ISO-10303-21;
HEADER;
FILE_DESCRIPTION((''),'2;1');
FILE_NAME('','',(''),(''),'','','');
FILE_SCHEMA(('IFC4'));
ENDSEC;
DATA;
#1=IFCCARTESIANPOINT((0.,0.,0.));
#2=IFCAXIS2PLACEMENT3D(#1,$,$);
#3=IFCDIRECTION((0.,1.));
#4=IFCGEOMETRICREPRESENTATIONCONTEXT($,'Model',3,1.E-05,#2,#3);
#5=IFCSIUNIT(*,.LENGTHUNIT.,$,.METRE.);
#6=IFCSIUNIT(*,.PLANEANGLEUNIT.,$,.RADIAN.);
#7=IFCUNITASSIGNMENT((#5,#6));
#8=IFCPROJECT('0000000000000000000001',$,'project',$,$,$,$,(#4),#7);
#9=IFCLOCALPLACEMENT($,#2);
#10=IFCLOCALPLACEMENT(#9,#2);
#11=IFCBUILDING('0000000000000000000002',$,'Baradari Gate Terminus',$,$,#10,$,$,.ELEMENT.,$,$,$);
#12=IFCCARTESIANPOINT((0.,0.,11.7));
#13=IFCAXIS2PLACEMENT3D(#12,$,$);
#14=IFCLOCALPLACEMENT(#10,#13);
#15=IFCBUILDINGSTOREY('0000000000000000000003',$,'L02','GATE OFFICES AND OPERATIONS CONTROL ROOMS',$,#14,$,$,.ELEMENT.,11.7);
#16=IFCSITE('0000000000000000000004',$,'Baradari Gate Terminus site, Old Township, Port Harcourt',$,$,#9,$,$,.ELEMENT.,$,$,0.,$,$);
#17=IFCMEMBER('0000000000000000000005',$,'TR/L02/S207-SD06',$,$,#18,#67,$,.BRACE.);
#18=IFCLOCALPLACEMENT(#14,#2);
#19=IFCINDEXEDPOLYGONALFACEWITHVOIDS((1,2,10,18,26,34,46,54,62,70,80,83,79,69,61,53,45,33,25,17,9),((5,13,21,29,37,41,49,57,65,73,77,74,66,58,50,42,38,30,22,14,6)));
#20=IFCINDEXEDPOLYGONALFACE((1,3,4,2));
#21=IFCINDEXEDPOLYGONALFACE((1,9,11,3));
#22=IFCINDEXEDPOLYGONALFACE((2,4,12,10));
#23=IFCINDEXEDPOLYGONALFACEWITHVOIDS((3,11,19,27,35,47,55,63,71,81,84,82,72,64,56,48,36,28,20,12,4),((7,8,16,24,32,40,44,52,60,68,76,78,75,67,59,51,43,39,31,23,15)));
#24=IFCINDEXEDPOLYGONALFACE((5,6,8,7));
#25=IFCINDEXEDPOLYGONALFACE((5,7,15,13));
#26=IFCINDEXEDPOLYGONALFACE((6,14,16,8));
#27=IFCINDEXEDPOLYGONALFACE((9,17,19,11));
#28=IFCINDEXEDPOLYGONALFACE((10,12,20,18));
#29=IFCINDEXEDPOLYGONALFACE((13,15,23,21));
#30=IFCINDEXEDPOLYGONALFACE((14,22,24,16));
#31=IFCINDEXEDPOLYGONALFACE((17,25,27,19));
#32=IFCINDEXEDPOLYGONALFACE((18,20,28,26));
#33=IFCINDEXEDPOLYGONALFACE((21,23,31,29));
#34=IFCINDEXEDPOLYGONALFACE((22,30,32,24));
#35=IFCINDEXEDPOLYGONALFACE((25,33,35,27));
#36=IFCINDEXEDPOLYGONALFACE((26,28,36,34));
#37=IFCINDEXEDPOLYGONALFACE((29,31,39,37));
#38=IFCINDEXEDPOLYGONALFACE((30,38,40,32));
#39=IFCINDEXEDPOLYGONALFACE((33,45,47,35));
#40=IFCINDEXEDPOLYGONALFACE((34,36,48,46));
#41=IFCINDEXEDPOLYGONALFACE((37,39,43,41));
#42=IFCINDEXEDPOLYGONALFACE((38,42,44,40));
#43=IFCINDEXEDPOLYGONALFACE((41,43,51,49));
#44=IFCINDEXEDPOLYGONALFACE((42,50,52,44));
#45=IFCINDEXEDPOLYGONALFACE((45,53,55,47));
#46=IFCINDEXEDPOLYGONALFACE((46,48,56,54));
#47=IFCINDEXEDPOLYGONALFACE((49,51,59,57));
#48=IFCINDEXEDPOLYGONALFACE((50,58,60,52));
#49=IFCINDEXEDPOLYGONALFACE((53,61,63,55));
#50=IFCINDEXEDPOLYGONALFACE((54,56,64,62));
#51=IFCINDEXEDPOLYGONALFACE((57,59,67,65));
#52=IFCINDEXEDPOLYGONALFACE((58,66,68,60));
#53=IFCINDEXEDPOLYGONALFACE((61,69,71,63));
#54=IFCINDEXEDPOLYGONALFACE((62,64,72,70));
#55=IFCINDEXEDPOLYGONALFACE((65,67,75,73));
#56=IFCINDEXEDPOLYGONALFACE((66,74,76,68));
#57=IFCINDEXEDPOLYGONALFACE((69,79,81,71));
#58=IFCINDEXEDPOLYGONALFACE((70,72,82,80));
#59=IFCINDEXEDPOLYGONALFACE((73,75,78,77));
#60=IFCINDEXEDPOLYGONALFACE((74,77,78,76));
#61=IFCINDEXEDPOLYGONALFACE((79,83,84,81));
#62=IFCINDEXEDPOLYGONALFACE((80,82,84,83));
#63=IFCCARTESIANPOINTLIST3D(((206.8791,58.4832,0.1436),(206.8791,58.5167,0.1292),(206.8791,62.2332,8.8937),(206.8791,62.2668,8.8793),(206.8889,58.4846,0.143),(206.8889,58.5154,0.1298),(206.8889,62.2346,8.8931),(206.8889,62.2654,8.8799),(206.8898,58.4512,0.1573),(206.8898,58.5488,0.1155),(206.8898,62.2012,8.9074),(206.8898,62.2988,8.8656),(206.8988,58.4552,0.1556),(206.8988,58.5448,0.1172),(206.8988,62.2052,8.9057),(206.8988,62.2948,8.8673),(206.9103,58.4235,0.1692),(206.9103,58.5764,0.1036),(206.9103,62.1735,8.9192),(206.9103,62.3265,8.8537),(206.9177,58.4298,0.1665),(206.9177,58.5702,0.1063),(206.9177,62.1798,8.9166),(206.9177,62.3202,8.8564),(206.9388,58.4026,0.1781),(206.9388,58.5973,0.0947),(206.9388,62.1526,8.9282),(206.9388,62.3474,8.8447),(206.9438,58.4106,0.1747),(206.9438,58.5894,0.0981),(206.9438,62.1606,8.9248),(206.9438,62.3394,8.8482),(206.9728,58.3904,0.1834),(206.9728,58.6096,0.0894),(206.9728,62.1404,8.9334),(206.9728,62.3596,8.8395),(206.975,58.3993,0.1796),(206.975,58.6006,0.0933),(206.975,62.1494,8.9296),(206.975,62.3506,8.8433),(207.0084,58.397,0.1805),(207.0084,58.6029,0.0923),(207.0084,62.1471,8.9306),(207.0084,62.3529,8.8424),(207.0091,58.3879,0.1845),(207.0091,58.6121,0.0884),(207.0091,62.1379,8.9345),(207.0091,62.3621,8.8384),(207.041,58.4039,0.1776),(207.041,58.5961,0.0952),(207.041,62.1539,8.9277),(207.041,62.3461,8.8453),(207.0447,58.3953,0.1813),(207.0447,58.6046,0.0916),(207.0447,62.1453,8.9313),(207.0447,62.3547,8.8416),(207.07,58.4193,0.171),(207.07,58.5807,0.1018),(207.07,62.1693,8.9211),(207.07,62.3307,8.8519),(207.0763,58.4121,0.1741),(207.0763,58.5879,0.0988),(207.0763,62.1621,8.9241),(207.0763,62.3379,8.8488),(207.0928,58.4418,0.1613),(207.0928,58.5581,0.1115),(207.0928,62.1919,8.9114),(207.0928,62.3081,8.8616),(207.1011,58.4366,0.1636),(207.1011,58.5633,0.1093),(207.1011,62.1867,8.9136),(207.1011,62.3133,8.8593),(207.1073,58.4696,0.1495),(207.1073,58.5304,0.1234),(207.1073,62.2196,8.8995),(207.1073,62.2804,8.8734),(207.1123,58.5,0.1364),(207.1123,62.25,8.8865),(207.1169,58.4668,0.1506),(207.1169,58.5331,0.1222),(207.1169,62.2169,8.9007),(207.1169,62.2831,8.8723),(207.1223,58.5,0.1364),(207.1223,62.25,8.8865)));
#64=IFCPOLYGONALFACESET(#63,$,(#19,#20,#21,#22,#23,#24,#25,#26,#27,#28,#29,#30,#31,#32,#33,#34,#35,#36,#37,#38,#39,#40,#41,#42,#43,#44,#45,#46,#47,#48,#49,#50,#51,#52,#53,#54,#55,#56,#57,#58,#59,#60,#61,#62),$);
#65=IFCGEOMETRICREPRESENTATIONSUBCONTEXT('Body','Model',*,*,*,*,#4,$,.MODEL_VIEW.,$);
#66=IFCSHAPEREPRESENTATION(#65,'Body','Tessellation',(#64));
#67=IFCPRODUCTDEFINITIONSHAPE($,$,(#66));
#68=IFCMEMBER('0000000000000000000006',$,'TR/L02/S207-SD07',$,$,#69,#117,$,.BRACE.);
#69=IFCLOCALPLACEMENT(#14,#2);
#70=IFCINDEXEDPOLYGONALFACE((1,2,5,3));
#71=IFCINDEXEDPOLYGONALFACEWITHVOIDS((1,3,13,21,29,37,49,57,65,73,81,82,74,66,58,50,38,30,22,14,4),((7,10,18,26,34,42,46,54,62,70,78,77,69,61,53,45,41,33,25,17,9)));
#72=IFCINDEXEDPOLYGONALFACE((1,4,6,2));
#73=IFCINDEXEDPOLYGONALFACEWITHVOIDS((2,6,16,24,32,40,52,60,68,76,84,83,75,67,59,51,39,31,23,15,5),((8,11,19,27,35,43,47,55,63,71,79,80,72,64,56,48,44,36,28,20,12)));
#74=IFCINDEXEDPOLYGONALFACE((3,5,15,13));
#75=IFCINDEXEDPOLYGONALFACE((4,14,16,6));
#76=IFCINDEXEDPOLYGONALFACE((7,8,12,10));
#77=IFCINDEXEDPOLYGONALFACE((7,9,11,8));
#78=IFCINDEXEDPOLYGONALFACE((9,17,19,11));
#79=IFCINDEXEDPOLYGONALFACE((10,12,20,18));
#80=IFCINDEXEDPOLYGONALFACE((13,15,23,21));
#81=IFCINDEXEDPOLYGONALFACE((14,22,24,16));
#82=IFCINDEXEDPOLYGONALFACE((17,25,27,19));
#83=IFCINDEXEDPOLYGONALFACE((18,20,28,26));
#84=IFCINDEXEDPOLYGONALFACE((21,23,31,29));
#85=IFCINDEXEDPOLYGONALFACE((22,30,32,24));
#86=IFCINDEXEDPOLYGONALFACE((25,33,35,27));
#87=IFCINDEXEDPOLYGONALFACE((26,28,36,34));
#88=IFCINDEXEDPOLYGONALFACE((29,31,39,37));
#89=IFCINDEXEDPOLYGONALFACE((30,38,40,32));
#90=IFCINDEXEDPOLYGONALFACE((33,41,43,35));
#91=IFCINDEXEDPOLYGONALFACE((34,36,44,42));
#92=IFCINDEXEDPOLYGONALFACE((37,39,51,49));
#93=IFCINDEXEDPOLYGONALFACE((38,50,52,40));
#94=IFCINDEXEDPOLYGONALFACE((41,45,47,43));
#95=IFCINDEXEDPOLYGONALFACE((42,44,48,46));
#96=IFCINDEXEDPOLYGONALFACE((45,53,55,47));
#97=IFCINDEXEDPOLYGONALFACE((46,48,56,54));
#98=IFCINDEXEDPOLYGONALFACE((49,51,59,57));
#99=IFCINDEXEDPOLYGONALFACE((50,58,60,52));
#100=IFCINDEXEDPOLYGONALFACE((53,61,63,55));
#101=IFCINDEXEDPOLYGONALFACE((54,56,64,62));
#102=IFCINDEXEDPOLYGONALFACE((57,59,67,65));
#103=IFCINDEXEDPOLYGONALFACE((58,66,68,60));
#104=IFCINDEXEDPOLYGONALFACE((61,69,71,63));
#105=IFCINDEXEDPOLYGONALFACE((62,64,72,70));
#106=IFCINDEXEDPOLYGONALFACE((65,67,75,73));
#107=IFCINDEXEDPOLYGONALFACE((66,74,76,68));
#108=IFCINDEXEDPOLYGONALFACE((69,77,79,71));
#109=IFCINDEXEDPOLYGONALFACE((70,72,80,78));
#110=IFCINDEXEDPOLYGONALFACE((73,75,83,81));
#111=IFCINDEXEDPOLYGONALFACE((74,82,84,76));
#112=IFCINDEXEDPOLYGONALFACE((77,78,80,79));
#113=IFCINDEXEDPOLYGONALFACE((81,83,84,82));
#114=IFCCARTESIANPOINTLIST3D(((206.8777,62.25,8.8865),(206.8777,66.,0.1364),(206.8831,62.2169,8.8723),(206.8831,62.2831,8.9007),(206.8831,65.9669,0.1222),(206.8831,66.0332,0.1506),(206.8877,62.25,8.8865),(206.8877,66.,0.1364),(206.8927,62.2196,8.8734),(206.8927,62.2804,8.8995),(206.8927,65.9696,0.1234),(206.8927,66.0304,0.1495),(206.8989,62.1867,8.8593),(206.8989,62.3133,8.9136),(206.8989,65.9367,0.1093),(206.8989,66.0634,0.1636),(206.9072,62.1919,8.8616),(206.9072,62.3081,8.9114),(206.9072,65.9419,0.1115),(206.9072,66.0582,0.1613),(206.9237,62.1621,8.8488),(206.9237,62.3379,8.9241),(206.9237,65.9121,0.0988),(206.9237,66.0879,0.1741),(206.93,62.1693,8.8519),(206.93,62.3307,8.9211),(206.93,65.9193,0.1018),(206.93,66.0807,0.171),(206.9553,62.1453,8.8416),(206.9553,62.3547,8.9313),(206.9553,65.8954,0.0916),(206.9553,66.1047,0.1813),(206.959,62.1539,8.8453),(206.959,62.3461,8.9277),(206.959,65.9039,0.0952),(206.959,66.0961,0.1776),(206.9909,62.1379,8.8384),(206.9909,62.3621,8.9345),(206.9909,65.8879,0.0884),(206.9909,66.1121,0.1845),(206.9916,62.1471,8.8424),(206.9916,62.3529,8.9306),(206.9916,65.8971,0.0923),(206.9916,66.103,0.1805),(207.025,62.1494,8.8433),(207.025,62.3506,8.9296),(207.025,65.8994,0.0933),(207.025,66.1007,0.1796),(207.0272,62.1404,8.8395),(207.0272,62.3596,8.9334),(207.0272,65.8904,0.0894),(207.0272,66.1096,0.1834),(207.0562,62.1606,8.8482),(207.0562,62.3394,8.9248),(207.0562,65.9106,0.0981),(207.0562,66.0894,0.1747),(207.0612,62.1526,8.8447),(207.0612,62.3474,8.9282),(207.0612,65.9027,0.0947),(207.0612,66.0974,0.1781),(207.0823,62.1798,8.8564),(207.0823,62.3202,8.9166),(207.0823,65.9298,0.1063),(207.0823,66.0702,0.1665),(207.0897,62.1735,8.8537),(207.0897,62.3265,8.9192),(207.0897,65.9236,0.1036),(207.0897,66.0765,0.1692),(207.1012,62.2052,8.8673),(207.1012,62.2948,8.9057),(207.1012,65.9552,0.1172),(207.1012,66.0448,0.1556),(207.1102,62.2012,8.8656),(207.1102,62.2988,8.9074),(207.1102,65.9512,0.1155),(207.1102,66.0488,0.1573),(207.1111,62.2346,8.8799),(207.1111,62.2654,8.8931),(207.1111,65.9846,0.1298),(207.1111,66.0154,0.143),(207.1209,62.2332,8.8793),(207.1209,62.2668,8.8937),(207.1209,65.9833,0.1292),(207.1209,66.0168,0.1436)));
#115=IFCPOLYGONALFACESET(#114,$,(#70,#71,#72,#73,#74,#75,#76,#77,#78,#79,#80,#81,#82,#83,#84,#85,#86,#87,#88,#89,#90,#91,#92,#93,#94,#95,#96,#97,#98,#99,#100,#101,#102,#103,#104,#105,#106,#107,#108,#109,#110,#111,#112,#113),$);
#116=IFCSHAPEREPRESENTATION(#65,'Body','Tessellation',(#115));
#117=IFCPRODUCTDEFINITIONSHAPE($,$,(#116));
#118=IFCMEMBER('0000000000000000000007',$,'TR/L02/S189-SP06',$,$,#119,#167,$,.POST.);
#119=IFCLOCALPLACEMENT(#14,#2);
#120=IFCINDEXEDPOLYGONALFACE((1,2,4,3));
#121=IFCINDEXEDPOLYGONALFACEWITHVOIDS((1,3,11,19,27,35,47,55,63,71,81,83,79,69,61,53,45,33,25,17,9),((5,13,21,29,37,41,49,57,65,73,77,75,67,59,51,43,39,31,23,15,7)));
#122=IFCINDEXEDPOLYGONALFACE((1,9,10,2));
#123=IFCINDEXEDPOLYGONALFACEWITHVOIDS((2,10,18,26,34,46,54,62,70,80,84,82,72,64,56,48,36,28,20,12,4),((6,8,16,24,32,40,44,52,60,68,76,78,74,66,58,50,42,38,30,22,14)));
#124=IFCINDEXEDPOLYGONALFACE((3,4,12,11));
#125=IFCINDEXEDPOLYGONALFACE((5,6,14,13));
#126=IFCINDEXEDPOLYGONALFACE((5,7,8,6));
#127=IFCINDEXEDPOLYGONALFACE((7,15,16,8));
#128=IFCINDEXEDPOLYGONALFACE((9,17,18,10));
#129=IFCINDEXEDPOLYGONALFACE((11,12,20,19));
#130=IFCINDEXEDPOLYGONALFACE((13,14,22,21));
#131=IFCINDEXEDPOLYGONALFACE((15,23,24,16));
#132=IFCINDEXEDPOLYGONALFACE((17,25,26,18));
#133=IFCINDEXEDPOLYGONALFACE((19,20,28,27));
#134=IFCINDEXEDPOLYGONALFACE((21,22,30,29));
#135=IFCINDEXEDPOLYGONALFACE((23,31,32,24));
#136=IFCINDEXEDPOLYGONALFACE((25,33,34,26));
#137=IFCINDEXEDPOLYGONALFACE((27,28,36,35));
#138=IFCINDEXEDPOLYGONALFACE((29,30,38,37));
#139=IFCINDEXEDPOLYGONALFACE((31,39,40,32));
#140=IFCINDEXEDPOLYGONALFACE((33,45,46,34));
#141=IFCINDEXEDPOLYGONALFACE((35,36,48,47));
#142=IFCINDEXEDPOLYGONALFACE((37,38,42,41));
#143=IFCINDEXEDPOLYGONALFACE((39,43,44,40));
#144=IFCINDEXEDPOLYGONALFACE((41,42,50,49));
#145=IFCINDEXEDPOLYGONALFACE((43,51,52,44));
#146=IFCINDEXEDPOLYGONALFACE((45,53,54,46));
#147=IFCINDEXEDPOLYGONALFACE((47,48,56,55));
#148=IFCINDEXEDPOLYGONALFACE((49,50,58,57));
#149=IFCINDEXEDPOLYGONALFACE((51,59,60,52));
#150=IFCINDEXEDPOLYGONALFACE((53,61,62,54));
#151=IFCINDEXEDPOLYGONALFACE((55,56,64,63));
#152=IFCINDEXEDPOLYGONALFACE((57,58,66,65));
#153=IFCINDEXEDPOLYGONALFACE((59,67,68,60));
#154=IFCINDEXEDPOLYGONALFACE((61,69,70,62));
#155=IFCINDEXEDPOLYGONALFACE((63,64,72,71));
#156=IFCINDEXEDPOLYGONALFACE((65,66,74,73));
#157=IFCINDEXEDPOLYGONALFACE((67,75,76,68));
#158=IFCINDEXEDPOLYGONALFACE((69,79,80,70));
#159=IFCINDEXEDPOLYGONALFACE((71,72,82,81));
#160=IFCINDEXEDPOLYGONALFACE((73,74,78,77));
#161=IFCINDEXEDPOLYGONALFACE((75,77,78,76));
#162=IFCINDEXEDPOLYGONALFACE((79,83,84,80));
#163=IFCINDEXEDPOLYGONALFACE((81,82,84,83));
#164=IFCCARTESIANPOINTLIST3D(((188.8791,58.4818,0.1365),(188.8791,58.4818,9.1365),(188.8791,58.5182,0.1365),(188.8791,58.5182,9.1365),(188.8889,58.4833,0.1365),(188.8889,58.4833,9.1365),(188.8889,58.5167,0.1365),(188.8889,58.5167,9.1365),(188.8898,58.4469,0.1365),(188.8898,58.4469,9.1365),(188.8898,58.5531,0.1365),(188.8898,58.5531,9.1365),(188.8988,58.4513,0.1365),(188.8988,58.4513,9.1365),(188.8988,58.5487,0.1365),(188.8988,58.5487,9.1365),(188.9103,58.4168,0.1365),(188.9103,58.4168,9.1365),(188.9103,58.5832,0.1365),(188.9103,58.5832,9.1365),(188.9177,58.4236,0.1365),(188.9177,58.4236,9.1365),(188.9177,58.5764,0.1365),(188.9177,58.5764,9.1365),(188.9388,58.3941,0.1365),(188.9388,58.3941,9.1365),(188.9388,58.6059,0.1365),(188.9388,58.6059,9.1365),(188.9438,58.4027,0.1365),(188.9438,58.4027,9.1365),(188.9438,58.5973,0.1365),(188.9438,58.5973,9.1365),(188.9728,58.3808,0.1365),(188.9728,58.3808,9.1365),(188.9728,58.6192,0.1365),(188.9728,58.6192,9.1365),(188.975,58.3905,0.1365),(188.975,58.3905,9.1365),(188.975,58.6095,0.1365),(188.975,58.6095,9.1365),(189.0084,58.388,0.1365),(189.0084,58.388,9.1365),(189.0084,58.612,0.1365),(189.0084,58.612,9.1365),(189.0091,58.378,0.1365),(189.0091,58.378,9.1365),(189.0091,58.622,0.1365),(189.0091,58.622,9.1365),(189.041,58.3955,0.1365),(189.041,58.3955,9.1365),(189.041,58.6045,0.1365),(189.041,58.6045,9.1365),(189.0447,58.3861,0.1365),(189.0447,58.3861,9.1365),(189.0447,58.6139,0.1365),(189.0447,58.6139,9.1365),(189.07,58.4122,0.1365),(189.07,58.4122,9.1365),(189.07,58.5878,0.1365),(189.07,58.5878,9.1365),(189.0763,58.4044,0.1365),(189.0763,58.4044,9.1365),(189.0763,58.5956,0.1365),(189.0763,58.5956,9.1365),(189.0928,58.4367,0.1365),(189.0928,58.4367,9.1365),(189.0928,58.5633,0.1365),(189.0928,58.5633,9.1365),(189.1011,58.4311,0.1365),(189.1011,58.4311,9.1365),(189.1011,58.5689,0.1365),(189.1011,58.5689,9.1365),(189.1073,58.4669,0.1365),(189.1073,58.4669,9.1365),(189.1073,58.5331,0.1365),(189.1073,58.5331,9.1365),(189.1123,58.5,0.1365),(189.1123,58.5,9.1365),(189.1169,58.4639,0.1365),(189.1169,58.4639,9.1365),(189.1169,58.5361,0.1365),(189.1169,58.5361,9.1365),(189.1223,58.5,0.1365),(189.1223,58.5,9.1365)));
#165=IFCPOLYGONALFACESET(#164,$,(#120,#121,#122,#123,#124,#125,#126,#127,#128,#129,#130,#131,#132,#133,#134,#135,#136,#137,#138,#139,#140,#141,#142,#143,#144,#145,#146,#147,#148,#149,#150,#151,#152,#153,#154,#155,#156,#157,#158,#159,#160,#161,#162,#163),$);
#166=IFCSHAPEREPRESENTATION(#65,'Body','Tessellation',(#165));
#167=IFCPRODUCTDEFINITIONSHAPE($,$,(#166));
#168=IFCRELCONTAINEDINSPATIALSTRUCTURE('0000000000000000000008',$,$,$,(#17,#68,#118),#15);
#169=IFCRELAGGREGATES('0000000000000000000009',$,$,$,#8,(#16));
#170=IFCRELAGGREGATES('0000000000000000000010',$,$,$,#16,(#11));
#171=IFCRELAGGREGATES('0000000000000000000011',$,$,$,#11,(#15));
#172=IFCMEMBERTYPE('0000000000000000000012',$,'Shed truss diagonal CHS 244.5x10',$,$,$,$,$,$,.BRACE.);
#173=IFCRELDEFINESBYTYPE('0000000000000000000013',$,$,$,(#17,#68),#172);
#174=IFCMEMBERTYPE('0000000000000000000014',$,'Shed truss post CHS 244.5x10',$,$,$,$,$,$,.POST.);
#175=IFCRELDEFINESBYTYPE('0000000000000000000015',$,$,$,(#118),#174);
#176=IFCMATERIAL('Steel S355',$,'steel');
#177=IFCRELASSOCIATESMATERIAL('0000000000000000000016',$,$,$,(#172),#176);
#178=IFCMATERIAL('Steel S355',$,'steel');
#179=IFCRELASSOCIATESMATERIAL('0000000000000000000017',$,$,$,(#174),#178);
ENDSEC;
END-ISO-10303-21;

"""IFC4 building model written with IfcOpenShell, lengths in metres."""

from ifc_helpers import new_model, si_unit, direction, frame, origin, origin_2d, place, context, subcontext, project, spatial, hollow_circle, extrude, material, material_profile, profile_set, type_object, element, save


model = new_model("IFC4")

# Units and contexts
model_context = context("Model", 3, precision=1e-05, world=origin(), true_north=direction((0.0, 1.0)))
body_context = subcontext(model_context, "Body", "Model", "MODEL_VIEW")
ifc_project = project(units=[si_unit("LENGTHUNIT", "METRE"), si_unit("PLANEANGLEUNIT", "RADIAN")], contexts=[model_context])

# Site, building, storey
site_placement = place(None, origin())
site = spatial("IfcSite", under=ifc_project, at=site_placement, Name="Baradari Gate Terminus site, Old Township, Port Harcourt", CompositionType="ELEMENT", RefElevation=0.0)
building_placement = place(site_placement, origin())
building = spatial("IfcBuilding", under=site, at=building_placement, Name="Baradari Gate Terminus", CompositionType="ELEMENT")
storey_placement = place(building_placement, frame((0.0, 0.0, 11.7)))
storey = spatial("IfcBuildingStorey", under=building, at=storey_placement, Name="L02", Description="GATE OFFICES AND OPERATIONS CONTROL ROOMS", CompositionType="ELEMENT", Elevation=11.7)

# Members
ifc_material_1 = material(Name="Steel S355", Category="steel")
ifc_material_profile_1 = material_profile(ifc_material_1, hollow_circle(Radius=0.1223, WallThickness=0.01, at=origin_2d()), Name="CHS 244.5x10")
ifc_profile_set_1 = profile_set([ifc_material_profile_1], Name="Steel S355")
member_type_1 = type_object("IfcMemberType", Name="Shed truss diagonal CHS 244.5x10", PredefinedType="BRACE", material=ifc_profile_set_1)
for number, where, z_axis, x_axis, name in (
    (1, (207.0, 62.25, 8.8865), (0.0, -0.393919, -0.919145), (1.0, 0.0, 0.0), "TR/L02/S207-SD06"),
    (2, (207.0, 62.25, 8.8865), (0.0, 0.393919, -0.919145), (-1.0, 0.0, 0.0), "TR/L02/S207-SD07"),
):
    element("IfcMember", number, at=place(storey_placement, frame(where, z_axis=z_axis, x_axis=x_axis)), inside=storey, type_object=member_type_1, Name=name, PredefinedType="BRACE", context=body_context, shape_type="SweptSolid", body=[
        extrude(hollow_circle(Radius=0.1223, WallThickness=0.01, at=origin_2d()), origin(), (0.0, 0.0, 1.0), 9.5198),
    ])
ifc_material_2 = material(Name="Steel S355", Category="steel")
ifc_material_profile_2 = material_profile(ifc_material_2, hollow_circle(Radius=0.1223, WallThickness=0.01, at=origin_2d()), Name="CHS 244.5x10")
ifc_profile_set_2 = profile_set([ifc_material_profile_2], Name="Steel S355")
member_type_2 = type_object("IfcMemberType", Name="Shed truss post CHS 244.5x10", PredefinedType="POST", material=ifc_profile_set_2)
member_1_placement = place(storey_placement, frame((189.0, 58.5, 0.1365), z_axis=(0.0, 0.0, 1.0), x_axis=(1.0, 0.0, 0.0)))
element("IfcMember", 3, at=member_1_placement, inside=storey, type_object=member_type_2, Name="TR/L02/S189-SP06", PredefinedType="POST", context=body_context, shape_type="SweptSolid", body=[
    extrude(hollow_circle(Radius=0.1223, WallThickness=0.01, at=origin_2d()), origin(), (0.0, 0.0, 1.0), 9.0),
])

save(model, "model.ifc")
